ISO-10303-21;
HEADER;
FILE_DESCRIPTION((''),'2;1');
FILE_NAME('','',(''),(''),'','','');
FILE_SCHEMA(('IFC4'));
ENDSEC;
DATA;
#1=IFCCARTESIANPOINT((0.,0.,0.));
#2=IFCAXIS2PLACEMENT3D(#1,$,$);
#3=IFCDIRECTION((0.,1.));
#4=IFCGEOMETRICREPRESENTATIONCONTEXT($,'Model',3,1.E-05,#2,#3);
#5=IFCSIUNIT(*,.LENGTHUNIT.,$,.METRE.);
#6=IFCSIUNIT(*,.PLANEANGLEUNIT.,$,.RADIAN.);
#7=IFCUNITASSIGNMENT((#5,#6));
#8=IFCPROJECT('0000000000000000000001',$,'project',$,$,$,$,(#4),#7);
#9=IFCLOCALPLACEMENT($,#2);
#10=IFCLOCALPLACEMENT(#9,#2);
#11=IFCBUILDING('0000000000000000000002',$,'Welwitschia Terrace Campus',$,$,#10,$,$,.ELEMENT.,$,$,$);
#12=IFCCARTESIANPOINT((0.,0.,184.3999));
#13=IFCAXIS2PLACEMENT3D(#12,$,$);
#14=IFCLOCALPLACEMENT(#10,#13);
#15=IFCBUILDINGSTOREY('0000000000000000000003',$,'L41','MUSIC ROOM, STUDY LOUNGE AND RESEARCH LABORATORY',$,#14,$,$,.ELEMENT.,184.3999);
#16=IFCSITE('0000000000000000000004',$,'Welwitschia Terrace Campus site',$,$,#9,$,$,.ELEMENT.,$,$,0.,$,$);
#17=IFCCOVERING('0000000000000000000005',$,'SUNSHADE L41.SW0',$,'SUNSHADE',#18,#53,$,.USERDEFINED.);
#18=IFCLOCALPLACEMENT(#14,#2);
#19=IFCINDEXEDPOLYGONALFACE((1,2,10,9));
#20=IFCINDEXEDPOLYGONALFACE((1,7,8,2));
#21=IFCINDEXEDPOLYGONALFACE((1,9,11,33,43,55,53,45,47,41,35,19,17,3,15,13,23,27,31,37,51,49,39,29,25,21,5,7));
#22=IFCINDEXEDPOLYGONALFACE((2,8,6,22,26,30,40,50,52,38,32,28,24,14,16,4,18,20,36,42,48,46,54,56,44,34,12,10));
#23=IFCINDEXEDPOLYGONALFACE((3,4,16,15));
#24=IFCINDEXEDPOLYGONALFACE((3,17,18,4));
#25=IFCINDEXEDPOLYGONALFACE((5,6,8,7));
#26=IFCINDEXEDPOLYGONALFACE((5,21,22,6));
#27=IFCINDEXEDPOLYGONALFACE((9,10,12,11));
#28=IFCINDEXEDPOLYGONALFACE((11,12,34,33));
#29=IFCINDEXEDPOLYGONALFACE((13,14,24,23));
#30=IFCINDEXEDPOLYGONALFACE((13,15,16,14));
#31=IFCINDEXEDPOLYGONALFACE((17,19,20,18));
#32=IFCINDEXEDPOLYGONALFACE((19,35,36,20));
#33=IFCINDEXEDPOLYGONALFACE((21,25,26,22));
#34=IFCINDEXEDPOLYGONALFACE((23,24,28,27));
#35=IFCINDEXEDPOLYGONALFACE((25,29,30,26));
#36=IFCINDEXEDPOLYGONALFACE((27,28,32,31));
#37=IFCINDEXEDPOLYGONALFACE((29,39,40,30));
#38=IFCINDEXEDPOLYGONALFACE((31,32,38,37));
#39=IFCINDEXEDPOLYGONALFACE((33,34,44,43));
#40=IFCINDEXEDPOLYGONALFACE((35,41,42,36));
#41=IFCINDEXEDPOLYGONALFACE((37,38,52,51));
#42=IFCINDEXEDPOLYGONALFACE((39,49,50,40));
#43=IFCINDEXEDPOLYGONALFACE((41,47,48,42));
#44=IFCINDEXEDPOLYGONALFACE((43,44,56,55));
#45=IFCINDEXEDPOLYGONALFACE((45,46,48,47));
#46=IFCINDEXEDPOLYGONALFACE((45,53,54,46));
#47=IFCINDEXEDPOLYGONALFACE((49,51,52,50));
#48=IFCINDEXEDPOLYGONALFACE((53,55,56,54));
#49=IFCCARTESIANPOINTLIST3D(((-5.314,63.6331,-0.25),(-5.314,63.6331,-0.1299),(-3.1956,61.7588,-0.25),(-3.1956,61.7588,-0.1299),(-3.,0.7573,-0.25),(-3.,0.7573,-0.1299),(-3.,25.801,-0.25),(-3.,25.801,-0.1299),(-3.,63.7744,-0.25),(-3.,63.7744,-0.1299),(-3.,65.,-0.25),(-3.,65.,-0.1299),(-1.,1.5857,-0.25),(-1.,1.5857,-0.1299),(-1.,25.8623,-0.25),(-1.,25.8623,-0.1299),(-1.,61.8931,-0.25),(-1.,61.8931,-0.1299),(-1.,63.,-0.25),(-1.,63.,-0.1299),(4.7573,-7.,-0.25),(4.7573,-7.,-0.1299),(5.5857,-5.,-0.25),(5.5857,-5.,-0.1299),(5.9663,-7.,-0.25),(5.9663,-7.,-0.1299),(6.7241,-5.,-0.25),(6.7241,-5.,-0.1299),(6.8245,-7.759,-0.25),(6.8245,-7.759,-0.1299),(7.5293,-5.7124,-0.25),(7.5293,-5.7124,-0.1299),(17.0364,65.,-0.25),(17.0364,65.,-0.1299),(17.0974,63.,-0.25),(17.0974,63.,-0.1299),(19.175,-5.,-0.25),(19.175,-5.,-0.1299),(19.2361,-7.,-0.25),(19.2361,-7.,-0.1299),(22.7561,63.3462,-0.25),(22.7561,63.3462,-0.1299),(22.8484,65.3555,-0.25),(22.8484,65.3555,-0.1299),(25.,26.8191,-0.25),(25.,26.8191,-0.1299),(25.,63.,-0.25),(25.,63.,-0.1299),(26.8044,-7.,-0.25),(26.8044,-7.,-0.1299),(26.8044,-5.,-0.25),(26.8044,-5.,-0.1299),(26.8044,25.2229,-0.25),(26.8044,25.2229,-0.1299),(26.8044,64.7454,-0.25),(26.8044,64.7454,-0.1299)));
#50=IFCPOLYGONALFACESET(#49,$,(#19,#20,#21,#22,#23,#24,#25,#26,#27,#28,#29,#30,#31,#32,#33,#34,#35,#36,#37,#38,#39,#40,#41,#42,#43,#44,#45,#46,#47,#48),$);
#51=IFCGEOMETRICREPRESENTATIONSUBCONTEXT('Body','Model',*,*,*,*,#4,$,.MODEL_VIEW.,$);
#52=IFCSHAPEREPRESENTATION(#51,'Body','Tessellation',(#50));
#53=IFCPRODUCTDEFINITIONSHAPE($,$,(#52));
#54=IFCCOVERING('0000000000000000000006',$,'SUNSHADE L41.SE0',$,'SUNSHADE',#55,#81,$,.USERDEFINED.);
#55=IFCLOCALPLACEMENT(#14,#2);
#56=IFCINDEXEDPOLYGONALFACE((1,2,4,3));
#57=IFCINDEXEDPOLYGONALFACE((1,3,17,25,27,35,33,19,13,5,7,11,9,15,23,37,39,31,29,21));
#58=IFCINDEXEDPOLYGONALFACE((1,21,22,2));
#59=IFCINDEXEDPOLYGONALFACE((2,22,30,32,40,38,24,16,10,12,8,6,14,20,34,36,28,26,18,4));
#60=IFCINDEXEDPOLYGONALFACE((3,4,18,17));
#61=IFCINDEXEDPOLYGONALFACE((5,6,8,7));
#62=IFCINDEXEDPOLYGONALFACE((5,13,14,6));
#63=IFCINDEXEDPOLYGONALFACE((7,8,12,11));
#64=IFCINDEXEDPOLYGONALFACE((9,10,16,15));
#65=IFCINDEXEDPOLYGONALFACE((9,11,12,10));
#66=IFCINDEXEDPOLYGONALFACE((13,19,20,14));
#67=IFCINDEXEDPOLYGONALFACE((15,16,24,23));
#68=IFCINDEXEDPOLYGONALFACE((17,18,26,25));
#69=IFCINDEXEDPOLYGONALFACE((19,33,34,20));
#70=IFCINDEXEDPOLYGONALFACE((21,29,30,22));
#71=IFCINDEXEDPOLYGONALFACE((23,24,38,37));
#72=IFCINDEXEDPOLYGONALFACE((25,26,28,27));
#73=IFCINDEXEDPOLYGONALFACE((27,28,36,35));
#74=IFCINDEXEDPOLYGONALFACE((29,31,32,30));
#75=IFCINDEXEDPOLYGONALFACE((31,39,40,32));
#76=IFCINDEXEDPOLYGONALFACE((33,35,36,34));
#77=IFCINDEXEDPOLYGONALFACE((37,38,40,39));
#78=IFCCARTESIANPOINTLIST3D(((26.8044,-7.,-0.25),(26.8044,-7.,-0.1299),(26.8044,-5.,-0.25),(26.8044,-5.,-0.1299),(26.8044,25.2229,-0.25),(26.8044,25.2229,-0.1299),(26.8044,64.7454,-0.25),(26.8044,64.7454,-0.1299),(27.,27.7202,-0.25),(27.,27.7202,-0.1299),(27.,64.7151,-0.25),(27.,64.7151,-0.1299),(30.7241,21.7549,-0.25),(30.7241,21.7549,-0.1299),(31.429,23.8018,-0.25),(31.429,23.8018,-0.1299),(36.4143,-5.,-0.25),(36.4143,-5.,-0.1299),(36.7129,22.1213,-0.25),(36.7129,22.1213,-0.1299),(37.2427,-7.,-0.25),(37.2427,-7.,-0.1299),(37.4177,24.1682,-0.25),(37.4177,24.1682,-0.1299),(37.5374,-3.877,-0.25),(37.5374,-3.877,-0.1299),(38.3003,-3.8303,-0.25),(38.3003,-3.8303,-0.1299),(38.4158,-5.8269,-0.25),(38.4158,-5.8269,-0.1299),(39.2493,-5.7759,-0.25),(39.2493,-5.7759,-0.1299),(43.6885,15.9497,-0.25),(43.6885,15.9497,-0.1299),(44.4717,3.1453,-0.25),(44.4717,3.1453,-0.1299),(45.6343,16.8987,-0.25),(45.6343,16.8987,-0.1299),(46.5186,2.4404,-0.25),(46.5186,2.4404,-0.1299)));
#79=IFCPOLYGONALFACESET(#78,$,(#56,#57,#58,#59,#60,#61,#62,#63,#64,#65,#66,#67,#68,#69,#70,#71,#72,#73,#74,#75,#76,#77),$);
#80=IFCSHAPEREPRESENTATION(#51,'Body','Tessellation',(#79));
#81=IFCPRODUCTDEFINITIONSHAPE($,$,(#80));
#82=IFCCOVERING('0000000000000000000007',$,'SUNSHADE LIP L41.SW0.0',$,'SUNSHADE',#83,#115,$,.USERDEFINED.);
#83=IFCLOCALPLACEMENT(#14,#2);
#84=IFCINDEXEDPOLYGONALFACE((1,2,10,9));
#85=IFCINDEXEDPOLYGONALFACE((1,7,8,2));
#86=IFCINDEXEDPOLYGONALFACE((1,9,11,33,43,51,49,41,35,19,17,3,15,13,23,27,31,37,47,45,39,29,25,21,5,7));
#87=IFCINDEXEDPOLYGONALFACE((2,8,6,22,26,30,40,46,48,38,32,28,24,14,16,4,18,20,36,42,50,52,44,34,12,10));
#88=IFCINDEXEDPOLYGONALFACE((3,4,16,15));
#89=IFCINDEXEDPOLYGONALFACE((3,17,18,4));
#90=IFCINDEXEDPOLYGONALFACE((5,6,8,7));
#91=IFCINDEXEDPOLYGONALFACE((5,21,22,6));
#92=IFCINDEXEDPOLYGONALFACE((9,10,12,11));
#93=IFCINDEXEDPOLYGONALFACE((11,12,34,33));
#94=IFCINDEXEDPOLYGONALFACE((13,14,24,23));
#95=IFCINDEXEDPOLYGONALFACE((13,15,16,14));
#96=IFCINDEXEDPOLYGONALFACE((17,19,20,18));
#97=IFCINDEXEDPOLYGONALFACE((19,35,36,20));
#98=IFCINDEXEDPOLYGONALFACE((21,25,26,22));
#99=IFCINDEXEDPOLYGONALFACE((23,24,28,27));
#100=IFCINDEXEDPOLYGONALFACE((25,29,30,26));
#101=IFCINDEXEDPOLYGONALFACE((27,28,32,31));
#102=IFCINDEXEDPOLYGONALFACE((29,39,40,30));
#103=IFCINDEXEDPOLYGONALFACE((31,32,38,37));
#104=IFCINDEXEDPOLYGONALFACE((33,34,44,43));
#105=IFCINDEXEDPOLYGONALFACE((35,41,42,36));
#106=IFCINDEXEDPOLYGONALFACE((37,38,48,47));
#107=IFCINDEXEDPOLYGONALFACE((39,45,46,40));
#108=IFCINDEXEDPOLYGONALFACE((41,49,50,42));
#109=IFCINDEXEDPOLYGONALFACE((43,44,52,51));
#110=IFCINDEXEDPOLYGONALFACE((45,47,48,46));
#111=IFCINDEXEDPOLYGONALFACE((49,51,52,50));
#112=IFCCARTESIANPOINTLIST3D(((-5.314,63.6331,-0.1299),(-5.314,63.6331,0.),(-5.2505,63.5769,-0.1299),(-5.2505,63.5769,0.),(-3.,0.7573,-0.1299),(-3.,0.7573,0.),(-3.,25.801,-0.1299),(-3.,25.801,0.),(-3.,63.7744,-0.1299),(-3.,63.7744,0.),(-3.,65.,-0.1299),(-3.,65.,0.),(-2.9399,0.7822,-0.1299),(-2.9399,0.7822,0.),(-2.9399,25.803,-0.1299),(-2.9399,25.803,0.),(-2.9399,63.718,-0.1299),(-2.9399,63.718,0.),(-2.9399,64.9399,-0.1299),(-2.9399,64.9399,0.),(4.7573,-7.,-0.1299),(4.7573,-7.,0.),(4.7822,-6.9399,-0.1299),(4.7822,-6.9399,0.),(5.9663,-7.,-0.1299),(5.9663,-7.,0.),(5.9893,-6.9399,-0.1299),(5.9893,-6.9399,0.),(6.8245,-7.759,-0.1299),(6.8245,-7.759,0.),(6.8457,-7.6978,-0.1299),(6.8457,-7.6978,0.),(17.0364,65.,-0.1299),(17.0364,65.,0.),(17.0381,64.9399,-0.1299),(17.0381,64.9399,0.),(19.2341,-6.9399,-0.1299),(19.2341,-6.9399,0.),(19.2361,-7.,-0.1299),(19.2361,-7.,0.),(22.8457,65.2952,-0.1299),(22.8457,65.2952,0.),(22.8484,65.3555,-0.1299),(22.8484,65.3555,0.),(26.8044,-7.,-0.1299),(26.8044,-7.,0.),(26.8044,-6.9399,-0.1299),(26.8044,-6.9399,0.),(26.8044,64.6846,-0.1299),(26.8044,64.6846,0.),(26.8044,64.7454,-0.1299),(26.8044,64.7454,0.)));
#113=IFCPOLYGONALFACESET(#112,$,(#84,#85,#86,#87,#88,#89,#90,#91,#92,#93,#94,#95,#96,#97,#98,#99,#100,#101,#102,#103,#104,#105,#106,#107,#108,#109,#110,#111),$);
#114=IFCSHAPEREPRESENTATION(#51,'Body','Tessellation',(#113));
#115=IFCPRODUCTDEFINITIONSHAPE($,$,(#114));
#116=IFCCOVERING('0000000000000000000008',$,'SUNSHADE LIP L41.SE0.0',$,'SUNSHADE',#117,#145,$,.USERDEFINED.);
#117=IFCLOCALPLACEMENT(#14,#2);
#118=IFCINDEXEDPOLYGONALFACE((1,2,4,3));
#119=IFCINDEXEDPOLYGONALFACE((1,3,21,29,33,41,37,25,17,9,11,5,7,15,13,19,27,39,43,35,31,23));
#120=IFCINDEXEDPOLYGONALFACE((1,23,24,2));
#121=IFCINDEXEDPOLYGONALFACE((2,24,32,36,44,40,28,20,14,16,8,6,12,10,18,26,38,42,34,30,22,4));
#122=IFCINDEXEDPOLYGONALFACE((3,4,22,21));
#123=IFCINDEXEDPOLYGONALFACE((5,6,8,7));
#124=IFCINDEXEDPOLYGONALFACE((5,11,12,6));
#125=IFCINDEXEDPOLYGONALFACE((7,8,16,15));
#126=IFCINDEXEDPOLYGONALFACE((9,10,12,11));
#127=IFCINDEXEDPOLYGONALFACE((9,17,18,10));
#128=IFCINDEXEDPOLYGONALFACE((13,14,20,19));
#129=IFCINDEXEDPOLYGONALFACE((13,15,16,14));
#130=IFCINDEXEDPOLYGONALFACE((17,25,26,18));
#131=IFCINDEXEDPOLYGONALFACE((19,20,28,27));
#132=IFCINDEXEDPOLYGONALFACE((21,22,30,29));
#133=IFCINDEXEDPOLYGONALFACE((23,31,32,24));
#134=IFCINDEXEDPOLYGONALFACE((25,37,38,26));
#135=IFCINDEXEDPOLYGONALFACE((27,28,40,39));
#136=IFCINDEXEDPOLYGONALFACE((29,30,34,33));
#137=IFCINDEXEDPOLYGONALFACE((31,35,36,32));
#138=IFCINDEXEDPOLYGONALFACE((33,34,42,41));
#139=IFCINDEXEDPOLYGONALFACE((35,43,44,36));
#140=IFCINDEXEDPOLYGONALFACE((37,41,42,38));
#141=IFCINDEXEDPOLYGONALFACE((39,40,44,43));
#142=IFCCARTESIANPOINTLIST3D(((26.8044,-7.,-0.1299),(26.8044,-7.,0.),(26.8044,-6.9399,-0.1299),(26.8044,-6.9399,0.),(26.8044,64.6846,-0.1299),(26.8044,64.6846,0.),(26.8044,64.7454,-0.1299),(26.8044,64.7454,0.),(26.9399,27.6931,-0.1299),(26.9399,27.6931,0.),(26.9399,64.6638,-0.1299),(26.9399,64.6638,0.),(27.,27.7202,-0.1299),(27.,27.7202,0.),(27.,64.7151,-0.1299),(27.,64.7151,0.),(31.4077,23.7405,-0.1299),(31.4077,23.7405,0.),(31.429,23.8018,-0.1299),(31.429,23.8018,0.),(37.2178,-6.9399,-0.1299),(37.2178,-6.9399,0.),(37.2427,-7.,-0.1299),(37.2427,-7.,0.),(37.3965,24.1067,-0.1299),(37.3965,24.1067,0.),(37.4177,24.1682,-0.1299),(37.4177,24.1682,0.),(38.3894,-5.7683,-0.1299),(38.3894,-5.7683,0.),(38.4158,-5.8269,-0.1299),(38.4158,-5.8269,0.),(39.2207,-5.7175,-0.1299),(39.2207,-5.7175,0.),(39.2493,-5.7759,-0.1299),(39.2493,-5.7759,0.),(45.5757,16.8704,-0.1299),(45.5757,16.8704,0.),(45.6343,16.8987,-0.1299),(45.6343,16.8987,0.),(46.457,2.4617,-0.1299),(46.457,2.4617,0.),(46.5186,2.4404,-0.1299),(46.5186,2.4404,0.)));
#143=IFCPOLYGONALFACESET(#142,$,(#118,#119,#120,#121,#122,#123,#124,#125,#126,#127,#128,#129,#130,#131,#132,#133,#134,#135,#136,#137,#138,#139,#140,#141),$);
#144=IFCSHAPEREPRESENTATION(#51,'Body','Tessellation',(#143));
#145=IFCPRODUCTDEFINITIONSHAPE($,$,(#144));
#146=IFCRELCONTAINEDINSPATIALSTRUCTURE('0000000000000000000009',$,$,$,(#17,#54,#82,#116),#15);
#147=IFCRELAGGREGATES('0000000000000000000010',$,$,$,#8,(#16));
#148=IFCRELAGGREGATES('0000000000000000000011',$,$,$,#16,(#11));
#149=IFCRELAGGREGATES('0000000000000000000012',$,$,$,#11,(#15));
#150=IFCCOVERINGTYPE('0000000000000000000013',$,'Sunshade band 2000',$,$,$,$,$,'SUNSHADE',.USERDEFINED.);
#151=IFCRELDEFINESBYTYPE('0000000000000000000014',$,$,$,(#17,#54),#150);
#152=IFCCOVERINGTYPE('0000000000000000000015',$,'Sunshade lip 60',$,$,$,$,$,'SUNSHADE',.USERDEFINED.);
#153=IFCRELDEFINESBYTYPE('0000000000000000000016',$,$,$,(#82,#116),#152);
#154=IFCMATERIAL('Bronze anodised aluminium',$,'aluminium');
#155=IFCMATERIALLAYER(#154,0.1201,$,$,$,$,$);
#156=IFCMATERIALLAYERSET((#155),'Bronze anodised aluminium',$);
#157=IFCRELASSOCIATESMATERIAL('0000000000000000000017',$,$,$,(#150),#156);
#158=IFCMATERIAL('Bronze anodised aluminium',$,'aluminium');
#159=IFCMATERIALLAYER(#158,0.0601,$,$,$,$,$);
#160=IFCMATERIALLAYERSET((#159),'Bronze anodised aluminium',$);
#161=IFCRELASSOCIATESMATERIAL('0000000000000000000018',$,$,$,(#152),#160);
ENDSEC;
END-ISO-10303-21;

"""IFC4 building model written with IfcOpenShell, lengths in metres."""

from ifc_helpers import new_model, si_unit, direction, frame, origin, place, context, subcontext, project, spatial, polyline, outline, extrude, material, layer, layer_set, type_object, element, save


model = new_model("IFC4")

# Units and contexts
model_context = context("Model", 3, precision=1e-05, world=origin(), true_north=direction((0.0, 1.0)))
body_context = subcontext(model_context, "Body", "Model", "MODEL_VIEW")
ifc_project = project(units=[si_unit("LENGTHUNIT", "METRE"), si_unit("PLANEANGLEUNIT", "RADIAN")], contexts=[model_context])

# Site, building, storey
site_placement = place(None, origin())
site = spatial("IfcSite", under=ifc_project, at=site_placement, Name="Welwitschia Terrace Campus site", CompositionType="ELEMENT", RefElevation=0.0)
building_placement = place(site_placement, origin())
building = spatial("IfcBuilding", under=site, at=building_placement, Name="Welwitschia Terrace Campus", CompositionType="ELEMENT")
storey_placement = place(building_placement, frame((0.0, 0.0, 184.3999)))
storey = spatial("IfcBuildingStorey", under=building, at=storey_placement, Name="L41", Description="MUSIC ROOM, STUDY LOUNGE AND RESEARCH LABORATORY", CompositionType="ELEMENT", Elevation=184.3999)

# Coverings
ifc_material_1 = material(Name="Bronze anodised aluminium", Category="aluminium")
ifc_layer_1 = layer(ifc_material_1, 0.1201)
ifc_layer_set_1 = layer_set([ifc_layer_1], Name="Bronze anodised aluminium")
covering_type_1 = type_object("IfcCoveringType", Name="Sunshade band 2000", ElementType="SUNSHADE", PredefinedType="USERDEFINED", material=ifc_layer_set_1)
covering_1_placement = place(storey_placement, frame((0.0, 0.0, -0.25)))
element("IfcCovering", 1, at=covering_1_placement, inside=storey, type_object=covering_type_1, Name="SUNSHADE L41.SW0", ObjectType="SUNSHADE", PredefinedType="USERDEFINED", context=body_context, shape_type="SweptSolid", body=[
    extrude(outline(polyline([(-3.0, 65.0), (17.0364, 65.0), (22.8484, 65.3555), (26.8044, 64.7454), (26.8044, 25.2229), (25.0, 26.8191), (25.0, 63.0), (22.7561, 63.3462), (17.0974, 63.0), (-1.0, 63.0), (-1.0, 61.8931), (-3.1956, 61.7588), (-1.0, 25.8623), (-1.0, 1.5857), (5.5857, -5.0), (6.7241, -5.0), (7.5293, -5.7124), (19.175, -5.0), (26.8044, -5.0), (26.8044, -7.0), (19.2361, -7.0), (6.8245, -7.759), (5.9663, -7.0), (4.7573, -7.0), (-3.0, 0.7573), (-3.0, 25.801), (-5.314, 63.6331), (-3.0, 63.7744), (-3.0, 65.0)])), origin(), (0.0, 0.0, 1.0), 0.1201),
])
covering_2_placement = place(storey_placement, frame((0.0, 0.0, -0.25)))
element("IfcCovering", 2, at=covering_2_placement, inside=storey, type_object=covering_type_1, Name="SUNSHADE L41.SE0", ObjectType="SUNSHADE", PredefinedType="USERDEFINED", context=body_context, shape_type="SweptSolid", body=[
    extrude(outline(polyline([(27.0, 64.7151), (27.0, 27.7202), (31.429, 23.8018), (37.4177, 24.1682), (45.6343, 16.8987), (46.5186, 2.4404), (39.2493, -5.7759), (38.4158, -5.8269), (37.2427, -7.0), (26.8044, -7.0), (26.8044, -5.0), (36.4143, -5.0), (37.5374, -3.877), (38.3003, -3.8303), (44.4717, 3.1453), (43.6885, 15.9497), (36.7129, 22.1213), (30.7241, 21.7549), (26.8044, 25.2229), (26.8044, 64.7454), (27.0, 64.7151)])), origin(), (0.0, 0.0, 1.0), 0.1201),
])
ifc_material_2 = material(Name="Bronze anodised aluminium", Category="aluminium")
ifc_layer_2 = layer(ifc_material_2, 0.0601)
ifc_layer_set_2 = layer_set([ifc_layer_2], Name="Bronze anodised aluminium")
covering_type_2 = type_object("IfcCoveringType", Name="Sunshade lip 60", ElementType="SUNSHADE", PredefinedType="USERDEFINED", material=ifc_layer_set_2)
covering_3_placement = place(storey_placement, frame((0.0, 0.0, -0.1299)))
element("IfcCovering", 3, at=covering_3_placement, inside=storey, type_object=covering_type_2, Name="SUNSHADE LIP L41.SW0.0", ObjectType="SUNSHADE", PredefinedType="USERDEFINED", context=body_context, shape_type="SweptSolid", body=[
    extrude(outline(polyline([(17.0364, 65.0), (22.8484, 65.3555), (26.8044, 64.7454), (26.8044, 64.6846), (22.8457, 65.2952), (17.0381, 64.9399), (-2.9399, 64.9399), (-2.9399, 63.718), (-5.2505, 63.5769), (-2.9399, 25.803), (-2.9399, 0.7822), (4.7822, -6.9399), (5.9893, -6.9399), (6.8457, -7.6978), (19.2341, -6.9399), (26.8044, -6.9399), (26.8044, -7.0), (19.2361, -7.0), (6.8245, -7.759), (5.9663, -7.0), (4.7573, -7.0), (-3.0, 0.7573), (-3.0, 25.801), (-5.314, 63.6331), (-3.0, 63.7744), (-3.0, 65.0), (17.0364, 65.0)])), origin(), (0.0, 0.0, 1.0), 0.1299),
])
covering_4_placement = place(storey_placement, frame((0.0, 0.0, -0.1299)))
element("IfcCovering", 4, at=covering_4_placement, inside=storey, type_object=covering_type_2, Name="SUNSHADE LIP L41.SE0.0", ObjectType="SUNSHADE", PredefinedType="USERDEFINED", context=body_context, shape_type="SweptSolid", body=[
    extrude(outline(polyline([(27.0, 27.7202), (31.429, 23.8018), (37.4177, 24.1682), (45.6343, 16.8987), (46.5186, 2.4404), (39.2493, -5.7759), (38.4158, -5.8269), (37.2427, -7.0), (26.8044, -7.0), (26.8044, -6.9399), (37.2178, -6.9399), (38.3894, -5.7683), (39.2207, -5.7175), (46.457, 2.4617), (45.5757, 16.8704), (37.3965, 24.1067), (31.4077, 23.7405), (26.9399, 27.6931), (26.9399, 64.6638), (26.8044, 64.6846), (26.8044, 64.7454), (27.0, 64.7151), (27.0, 27.7202)])), origin(), (0.0, 0.0, 1.0), 0.1299),
])

save(model, "model.ifc")
